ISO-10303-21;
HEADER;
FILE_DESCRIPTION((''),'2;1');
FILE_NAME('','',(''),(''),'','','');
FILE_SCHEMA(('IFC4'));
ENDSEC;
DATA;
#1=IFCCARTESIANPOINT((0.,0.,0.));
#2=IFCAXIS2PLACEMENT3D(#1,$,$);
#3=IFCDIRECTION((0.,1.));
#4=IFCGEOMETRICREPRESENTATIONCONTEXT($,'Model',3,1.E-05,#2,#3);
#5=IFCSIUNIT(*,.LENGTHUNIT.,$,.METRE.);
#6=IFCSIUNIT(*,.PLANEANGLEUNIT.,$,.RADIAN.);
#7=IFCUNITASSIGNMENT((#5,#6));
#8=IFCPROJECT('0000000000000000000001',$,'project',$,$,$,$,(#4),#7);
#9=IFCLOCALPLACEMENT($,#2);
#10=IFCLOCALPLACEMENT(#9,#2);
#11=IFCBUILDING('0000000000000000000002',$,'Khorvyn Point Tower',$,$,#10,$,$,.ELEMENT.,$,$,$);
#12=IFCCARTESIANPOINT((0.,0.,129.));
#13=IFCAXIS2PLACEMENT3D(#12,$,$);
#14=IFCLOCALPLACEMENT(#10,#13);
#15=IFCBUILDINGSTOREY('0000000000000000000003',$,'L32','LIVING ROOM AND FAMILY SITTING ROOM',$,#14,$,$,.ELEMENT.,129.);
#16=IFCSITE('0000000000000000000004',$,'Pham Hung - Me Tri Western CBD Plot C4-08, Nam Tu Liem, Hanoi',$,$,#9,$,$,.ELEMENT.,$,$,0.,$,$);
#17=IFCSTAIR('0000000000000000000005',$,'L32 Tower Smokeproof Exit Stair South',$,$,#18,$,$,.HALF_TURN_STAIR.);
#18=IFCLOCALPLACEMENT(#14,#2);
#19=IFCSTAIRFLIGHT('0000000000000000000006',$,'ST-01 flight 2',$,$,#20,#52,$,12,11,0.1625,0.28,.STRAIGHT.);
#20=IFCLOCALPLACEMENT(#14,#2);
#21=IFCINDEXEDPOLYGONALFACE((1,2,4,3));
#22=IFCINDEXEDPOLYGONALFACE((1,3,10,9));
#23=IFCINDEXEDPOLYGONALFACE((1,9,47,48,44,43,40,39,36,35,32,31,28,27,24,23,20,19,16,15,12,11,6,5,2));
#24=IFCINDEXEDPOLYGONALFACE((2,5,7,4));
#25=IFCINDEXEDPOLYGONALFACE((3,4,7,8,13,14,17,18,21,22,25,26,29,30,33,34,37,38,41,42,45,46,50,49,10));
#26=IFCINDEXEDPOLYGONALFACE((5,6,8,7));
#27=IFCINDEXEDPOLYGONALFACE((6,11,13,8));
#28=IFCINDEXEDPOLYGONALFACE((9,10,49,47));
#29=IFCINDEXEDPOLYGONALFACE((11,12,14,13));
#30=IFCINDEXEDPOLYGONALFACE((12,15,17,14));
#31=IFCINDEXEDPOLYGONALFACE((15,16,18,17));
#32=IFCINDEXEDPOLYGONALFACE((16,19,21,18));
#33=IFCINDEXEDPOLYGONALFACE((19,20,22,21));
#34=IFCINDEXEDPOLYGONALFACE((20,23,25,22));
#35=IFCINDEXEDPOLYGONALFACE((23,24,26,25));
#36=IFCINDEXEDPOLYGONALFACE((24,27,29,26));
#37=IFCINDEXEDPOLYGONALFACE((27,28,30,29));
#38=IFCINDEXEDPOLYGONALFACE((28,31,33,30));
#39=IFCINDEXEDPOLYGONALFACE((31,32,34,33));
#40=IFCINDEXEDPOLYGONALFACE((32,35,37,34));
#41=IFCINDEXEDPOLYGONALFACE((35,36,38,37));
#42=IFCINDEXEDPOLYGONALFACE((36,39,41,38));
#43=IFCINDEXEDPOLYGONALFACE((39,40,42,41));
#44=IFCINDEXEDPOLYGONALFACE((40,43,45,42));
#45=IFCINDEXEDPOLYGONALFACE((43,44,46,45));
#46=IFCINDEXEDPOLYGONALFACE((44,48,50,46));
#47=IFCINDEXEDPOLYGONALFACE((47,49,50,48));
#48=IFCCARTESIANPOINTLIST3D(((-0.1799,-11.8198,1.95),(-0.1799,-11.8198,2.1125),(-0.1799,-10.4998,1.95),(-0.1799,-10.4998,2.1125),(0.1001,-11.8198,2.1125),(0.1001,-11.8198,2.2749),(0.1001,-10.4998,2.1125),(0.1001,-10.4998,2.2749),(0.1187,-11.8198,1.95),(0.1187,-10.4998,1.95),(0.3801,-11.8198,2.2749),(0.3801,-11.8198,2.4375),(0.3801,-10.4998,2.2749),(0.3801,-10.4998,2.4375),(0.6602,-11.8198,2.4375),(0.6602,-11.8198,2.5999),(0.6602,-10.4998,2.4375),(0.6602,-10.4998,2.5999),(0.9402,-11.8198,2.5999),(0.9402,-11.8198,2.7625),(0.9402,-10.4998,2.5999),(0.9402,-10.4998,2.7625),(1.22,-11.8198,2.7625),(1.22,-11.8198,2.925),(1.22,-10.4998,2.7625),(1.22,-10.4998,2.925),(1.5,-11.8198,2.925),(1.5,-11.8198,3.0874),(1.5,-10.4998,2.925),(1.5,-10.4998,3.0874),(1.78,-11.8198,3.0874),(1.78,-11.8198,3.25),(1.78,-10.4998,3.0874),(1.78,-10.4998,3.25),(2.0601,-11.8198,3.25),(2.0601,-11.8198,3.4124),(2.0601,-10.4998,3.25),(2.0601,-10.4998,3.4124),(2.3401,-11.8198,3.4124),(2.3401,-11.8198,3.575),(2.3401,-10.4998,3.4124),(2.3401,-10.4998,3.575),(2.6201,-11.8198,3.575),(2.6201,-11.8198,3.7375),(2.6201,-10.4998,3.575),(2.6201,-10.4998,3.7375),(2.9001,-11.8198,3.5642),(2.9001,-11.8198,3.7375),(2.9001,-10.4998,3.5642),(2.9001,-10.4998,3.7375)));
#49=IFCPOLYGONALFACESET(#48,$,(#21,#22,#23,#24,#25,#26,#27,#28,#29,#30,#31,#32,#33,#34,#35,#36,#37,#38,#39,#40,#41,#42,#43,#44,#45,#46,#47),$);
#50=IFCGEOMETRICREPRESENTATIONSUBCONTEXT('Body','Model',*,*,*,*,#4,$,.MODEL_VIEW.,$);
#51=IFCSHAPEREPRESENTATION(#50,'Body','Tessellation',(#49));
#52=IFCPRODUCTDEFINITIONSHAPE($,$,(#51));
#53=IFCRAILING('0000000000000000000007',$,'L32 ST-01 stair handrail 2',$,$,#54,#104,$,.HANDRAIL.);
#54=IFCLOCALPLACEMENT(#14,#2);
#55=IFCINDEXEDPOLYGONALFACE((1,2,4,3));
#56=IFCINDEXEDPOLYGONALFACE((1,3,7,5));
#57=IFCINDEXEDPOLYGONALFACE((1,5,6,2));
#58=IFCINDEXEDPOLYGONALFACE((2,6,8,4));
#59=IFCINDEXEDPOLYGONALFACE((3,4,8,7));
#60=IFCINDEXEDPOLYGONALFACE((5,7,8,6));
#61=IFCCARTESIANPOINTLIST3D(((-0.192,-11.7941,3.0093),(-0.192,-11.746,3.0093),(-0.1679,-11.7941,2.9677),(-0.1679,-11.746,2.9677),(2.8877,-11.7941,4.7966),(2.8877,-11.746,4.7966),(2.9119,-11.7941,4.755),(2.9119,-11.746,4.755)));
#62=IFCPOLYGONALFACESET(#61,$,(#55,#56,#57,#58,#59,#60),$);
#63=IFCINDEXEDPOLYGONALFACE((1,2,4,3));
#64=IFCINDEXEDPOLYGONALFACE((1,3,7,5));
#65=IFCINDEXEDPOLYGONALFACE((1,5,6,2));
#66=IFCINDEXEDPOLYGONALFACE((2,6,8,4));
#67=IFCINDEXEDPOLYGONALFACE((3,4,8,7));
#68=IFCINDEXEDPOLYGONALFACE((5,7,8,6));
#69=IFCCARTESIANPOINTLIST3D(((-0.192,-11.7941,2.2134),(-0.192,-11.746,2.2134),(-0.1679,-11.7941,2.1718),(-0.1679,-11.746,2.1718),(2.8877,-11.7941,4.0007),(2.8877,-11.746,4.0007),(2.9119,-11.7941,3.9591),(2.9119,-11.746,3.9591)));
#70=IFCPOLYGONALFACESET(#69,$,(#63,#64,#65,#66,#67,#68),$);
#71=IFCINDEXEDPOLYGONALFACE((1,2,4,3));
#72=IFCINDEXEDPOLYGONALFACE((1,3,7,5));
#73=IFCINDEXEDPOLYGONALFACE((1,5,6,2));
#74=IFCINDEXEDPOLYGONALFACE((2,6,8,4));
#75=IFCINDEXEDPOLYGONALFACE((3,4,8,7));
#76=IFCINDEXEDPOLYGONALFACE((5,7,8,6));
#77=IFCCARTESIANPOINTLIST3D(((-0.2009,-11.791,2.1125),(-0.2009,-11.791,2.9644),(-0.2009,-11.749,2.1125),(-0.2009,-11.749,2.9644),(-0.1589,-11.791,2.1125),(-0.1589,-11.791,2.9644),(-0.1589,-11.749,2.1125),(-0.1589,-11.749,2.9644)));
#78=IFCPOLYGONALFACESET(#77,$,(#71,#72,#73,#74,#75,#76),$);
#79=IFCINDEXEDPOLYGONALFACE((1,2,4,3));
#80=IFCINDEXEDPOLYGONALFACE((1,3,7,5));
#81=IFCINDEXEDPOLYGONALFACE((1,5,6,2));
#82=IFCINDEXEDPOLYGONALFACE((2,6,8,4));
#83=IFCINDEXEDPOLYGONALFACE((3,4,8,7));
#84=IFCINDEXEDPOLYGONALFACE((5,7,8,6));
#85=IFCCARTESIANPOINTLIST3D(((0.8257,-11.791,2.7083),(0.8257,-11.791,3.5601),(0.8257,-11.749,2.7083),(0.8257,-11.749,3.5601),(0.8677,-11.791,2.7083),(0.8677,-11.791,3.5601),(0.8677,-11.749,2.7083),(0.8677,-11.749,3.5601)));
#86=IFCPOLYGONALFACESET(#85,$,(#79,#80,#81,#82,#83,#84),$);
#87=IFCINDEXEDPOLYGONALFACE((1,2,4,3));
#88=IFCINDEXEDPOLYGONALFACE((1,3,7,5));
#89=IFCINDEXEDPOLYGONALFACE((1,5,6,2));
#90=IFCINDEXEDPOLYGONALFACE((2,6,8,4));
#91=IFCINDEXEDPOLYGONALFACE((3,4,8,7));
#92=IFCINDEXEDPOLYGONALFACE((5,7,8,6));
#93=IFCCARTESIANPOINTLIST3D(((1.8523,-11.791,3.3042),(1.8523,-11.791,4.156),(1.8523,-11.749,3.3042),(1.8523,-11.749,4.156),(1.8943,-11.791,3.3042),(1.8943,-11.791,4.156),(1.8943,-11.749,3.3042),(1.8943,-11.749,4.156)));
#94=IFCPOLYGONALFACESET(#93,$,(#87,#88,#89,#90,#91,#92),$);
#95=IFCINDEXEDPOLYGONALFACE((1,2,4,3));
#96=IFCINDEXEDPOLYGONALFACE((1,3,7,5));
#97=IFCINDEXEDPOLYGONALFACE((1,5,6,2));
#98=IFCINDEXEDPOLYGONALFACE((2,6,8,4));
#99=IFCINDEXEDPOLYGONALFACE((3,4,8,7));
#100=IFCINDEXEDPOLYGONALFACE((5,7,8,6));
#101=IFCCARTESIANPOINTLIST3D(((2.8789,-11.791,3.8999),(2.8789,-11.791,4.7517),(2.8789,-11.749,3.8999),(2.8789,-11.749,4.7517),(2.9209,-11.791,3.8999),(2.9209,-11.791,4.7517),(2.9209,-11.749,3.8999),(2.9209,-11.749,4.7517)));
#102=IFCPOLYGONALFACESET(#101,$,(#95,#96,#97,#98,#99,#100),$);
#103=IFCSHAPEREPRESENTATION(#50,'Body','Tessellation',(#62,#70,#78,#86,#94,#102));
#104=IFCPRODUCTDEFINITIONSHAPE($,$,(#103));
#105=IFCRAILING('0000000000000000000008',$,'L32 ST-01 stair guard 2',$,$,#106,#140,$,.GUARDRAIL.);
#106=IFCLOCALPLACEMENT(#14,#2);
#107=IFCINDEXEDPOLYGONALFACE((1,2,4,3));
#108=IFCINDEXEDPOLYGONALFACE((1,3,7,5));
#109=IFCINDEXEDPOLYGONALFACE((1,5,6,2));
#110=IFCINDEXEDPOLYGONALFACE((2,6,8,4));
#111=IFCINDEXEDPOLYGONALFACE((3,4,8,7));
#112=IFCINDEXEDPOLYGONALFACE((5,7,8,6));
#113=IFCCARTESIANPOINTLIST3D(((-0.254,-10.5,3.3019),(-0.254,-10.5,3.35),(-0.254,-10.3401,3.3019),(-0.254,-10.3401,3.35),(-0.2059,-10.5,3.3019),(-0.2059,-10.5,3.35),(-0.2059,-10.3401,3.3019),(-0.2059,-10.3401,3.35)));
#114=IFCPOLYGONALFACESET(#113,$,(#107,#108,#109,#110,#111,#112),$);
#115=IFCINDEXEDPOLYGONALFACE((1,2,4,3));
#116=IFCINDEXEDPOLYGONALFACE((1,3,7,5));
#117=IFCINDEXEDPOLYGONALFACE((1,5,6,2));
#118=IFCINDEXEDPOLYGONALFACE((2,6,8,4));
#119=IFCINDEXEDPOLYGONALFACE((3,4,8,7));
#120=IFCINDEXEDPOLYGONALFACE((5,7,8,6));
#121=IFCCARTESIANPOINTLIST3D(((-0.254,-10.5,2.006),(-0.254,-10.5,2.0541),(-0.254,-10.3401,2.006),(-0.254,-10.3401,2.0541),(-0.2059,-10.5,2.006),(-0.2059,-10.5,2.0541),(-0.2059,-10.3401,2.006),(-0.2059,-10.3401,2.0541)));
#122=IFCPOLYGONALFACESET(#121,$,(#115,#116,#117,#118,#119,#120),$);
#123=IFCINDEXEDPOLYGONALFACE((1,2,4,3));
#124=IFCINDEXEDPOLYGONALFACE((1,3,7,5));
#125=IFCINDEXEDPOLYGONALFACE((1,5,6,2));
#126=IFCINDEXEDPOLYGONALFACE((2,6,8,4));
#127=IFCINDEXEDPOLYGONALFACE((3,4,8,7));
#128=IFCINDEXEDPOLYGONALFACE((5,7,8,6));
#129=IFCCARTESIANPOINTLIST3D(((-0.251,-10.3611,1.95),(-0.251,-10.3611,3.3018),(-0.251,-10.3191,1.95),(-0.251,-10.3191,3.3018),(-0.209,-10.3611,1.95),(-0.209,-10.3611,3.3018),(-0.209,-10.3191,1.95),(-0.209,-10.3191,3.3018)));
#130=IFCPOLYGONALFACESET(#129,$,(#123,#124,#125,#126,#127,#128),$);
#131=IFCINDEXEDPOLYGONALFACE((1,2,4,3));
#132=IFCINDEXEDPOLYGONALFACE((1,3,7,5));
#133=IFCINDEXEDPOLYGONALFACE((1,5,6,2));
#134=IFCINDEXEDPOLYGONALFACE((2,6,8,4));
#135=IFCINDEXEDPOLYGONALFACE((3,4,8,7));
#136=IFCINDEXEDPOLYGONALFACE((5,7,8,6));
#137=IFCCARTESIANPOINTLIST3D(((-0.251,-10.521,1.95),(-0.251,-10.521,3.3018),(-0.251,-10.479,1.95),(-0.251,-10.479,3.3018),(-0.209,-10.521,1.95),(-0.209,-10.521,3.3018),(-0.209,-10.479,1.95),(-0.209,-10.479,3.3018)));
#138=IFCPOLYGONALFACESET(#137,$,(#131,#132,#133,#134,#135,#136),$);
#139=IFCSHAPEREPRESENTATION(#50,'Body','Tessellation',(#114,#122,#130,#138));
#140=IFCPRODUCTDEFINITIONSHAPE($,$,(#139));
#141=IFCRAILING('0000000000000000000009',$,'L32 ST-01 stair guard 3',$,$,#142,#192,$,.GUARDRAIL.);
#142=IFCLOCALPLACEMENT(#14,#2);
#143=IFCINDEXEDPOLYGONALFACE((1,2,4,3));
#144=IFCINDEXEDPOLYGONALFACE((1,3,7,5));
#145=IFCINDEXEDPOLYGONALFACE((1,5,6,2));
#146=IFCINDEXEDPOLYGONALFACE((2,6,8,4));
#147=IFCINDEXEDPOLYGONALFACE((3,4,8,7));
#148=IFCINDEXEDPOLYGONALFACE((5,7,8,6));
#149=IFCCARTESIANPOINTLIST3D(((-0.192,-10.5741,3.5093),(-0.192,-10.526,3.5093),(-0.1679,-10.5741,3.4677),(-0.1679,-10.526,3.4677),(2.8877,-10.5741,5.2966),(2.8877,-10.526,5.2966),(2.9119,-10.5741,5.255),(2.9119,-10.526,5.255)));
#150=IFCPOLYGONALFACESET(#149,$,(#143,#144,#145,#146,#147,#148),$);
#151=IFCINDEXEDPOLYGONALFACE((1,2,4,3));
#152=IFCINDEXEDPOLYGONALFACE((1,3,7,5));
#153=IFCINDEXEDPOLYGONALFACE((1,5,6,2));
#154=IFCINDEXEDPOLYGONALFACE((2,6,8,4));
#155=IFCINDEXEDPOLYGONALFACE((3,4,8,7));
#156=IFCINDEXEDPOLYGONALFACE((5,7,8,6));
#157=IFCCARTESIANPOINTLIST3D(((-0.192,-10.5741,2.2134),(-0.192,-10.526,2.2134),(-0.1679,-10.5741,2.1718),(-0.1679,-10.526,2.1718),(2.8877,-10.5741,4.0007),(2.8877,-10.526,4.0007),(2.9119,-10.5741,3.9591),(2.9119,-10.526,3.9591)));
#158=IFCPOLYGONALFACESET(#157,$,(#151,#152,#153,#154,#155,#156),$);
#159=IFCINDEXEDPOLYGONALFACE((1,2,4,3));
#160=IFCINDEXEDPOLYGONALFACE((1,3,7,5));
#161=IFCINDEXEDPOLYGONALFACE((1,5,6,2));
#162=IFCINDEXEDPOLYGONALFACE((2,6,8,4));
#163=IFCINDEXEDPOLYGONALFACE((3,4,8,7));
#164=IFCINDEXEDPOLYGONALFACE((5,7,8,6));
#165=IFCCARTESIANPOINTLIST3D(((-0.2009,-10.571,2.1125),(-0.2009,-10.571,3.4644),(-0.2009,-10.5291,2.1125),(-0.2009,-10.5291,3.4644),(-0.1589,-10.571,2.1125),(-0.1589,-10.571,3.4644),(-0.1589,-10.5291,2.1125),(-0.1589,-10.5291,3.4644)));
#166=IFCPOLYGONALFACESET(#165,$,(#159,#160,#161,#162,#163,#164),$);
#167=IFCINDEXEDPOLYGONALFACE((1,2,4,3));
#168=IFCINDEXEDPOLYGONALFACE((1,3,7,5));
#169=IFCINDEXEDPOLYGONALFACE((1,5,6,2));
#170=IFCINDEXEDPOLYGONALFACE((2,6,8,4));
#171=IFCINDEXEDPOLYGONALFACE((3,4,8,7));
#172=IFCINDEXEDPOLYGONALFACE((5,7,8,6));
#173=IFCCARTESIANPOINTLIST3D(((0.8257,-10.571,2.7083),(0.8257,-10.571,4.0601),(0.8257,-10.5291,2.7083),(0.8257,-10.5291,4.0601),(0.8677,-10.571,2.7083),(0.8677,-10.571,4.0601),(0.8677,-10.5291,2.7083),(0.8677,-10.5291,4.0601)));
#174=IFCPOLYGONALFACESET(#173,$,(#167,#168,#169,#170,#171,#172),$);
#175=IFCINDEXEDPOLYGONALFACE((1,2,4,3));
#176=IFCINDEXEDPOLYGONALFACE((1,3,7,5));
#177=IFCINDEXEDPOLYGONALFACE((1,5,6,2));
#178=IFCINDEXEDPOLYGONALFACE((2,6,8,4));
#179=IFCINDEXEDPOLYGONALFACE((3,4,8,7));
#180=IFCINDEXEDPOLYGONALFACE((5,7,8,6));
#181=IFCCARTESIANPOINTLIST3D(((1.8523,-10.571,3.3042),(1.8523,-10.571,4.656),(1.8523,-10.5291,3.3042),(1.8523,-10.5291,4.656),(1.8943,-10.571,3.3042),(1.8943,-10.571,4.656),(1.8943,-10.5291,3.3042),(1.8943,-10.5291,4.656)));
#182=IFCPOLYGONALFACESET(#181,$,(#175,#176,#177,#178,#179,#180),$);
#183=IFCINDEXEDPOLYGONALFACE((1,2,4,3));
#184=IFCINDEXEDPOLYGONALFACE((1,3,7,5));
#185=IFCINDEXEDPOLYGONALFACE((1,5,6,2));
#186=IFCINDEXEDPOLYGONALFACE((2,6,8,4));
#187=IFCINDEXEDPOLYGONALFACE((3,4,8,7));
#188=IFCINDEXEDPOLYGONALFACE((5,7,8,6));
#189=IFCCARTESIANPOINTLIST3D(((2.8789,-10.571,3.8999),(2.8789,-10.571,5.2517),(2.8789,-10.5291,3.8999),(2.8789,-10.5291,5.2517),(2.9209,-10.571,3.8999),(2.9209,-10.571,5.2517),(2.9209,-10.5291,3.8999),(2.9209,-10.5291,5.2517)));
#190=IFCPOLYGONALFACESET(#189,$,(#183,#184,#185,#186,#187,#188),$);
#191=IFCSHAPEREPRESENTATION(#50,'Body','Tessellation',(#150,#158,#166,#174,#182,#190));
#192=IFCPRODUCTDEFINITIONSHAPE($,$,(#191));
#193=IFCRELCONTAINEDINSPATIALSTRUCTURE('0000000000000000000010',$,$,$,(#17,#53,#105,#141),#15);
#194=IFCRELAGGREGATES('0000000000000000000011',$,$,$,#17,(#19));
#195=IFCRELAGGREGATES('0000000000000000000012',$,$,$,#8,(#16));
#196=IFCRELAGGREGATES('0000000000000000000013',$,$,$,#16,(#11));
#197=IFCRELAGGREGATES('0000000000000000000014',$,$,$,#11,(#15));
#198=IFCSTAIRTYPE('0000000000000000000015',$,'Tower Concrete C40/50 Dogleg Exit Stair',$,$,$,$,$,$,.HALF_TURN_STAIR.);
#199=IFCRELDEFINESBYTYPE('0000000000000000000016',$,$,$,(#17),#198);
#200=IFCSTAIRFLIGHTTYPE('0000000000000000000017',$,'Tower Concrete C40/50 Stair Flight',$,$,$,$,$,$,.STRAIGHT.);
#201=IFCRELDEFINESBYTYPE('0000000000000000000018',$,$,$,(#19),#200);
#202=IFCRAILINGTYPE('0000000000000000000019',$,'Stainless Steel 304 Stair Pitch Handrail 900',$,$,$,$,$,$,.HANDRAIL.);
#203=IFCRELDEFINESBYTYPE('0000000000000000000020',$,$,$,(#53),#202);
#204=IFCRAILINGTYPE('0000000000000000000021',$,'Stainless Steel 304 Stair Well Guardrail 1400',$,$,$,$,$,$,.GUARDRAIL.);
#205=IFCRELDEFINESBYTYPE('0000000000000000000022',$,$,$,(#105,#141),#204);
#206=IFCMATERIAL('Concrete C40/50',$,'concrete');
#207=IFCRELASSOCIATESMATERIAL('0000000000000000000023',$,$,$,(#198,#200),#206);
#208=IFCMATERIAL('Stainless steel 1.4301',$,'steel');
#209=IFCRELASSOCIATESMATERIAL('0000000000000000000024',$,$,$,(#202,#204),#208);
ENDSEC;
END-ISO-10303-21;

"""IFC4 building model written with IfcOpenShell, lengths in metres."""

from ifc_helpers import new_model, si_unit, direction, frame, origin, origin_2d, place, context, subcontext, project, spatial, polyline, rectangle, outline, extrude, material, type_object, element, aggregate, save


model = new_model("IFC4")

# Units and contexts
model_context = context("Model", 3, precision=1e-05, world=origin(), true_north=direction((0.0, 1.0)))
body_context = subcontext(model_context, "Body", "Model", "MODEL_VIEW")
ifc_project = project(units=[si_unit("LENGTHUNIT", "METRE"), si_unit("PLANEANGLEUNIT", "RADIAN")], contexts=[model_context])

# Site, building, storey
site_placement = place(None, origin())
site = spatial("IfcSite", under=ifc_project, at=site_placement, Name="Pham Hung - Me Tri Western CBD Plot C4-08, Nam Tu Liem, Hanoi", CompositionType="ELEMENT", RefElevation=0.0)
building_placement = place(site_placement, origin())
building = spatial("IfcBuilding", under=site, at=building_placement, Name="Khorvyn Point Tower", CompositionType="ELEMENT")
storey_placement = place(building_placement, frame((0.0, 0.0, 129.0)))
storey = spatial("IfcBuildingStorey", under=building, at=storey_placement, Name="L32", Description="LIVING ROOM AND FAMILY SITTING ROOM", CompositionType="ELEMENT", Elevation=129.0)

# Shared definitions
ifc_material_1 = material(Name="Concrete C40/50", Category="concrete")

# Stair, stair flight
stair_type = type_object("IfcStairType", Name="Tower Concrete C40/50 Dogleg Exit Stair", PredefinedType="HALF_TURN_STAIR", material=ifc_material_1)
stair_placement = place(storey_placement, origin())
stair = element("IfcStair", 1, at=stair_placement, inside=storey, type_object=stair_type, Name="L32 Tower Smokeproof Exit Stair South", PredefinedType="HALF_TURN_STAIR")
stair_flight_type = type_object("IfcStairFlightType", Name="Tower Concrete C40/50 Stair Flight", PredefinedType="STRAIGHT", material=ifc_material_1)
stair_flight_placement = place(storey_placement, frame((-0.1799, -11.1599, 1.95), z_axis=(0.0, 0.0, 1.0), x_axis=(1.0, 0.0, 0.0)))
stair_flight = element("IfcStairFlight", 2, at=stair_flight_placement, type_object=stair_flight_type, Name="ST-01 flight 2", NumberOfRisers=12, NumberOfTreads=11, PredefinedType="STRAIGHT", RiserHeight=0.1625, TreadLength=0.28, context=body_context, shape_type="SweptSolid", body=[
    extrude(outline(polyline([(0.0, 0.0), (0.0, 0.1626), (0.28, 0.1626), (0.28, 0.325), (0.5601, 0.325), (0.5601, 0.4875), (0.8401, 0.4875), (0.8401, 0.6499), (1.1201, 0.6499), (1.1201, 0.8125), (1.3999, 0.8125), (1.3999, 0.9751), (1.6799, 0.9751), (1.6799, 1.1375), (1.96, 1.1375), (1.96, 1.3), (2.24, 1.3), (2.24, 1.4624), (2.52, 1.4624), (2.52, 1.625), (2.8, 1.625), (2.8, 1.7876), (3.0801, 1.7876), (3.0801, 1.95), (3.0801, 1.6143), (0.2986, 0.0), (0.0, 0.0)])), frame((0.0, 0.6602, 0.0), z_axis=(0.0, -1.0, 0.0), x_axis=(1.0, 0.0, 0.0)), (0.0, 0.0, 1.0), 1.3201),
])
aggregate(stair, [stair_flight])

# Railings
ifc_material_2 = material(Name="Stainless steel 1.4301", Category="steel")
railing_type_1 = type_object("IfcRailingType", Name="Stainless Steel 304 Stair Pitch Handrail 900", PredefinedType="HANDRAIL", material=ifc_material_2)
railing_1_placement = place(storey_placement, frame((-0.1799, -11.77, 2.1125)))
element("IfcRailing", 3, at=railing_1_placement, inside=storey, type_object=railing_type_1, Name="L32 ST-01 stair handrail 2", PredefinedType="HANDRAIL", context=body_context, shape_type="SweptSolid", body=[
    extrude(rectangle(XDim=0.0481, YDim=0.0481, at=origin_2d()), frame((0.0, 0.0, 0.876), z_axis=(0.864903, 0.0, 0.501939), x_axis=(0.0, 1.0, 0.0)), (0.0, 0.0, 1.0), 3.5608),
    extrude(rectangle(XDim=0.0481, YDim=0.0481, at=origin_2d()), frame((0.0, 0.0, 0.0801), z_axis=(0.864903, 0.0, 0.501939), x_axis=(0.0, 1.0, 0.0)), (0.0, 0.0, 1.0), 3.5608),
    extrude(rectangle(XDim=0.042, YDim=0.042, at=origin_2d()), origin(), (0.0, 0.0, 1.0), 0.8518),
    extrude(rectangle(XDim=0.042, YDim=0.042, at=origin_2d()), frame((1.0266, 0.0, 0.5957)), (0.0, 0.0, 1.0), 0.8518),
    extrude(rectangle(XDim=0.042, YDim=0.042, at=origin_2d()), frame((2.0532, 0.0, 1.1917)), (0.0, 0.0, 1.0), 0.8518),
    extrude(rectangle(XDim=0.042, YDim=0.042, at=origin_2d()), frame((3.0798, 0.0, 1.7874)), (0.0, 0.0, 1.0), 0.8518),
])
railing_type_2 = type_object("IfcRailingType", Name="Stainless Steel 304 Stair Well Guardrail 1400", PredefinedType="GUARDRAIL", material=ifc_material_2)
railing_2_placement = place(storey_placement, frame((-0.23, -10.3401, 1.95)))
element("IfcRailing", 4, at=railing_2_placement, inside=storey, type_object=railing_type_2, Name="L32 ST-01 stair guard 2", PredefinedType="GUARDRAIL", context=body_context, shape_type="SweptSolid", body=[
    extrude(rectangle(XDim=0.0481, YDim=0.0481, at=origin_2d()), frame((0.0, 0.0, 1.376), z_axis=(0.0, -1.0, 0.0), x_axis=(1.0, 0.0, 0.0)), (0.0, 0.0, 1.0), 0.1599),
    extrude(rectangle(XDim=0.0481, YDim=0.0481, at=origin_2d()), frame((0.0, 0.0, 0.0801), z_axis=(0.0, -1.0, 0.0), x_axis=(1.0, 0.0, 0.0)), (0.0, 0.0, 1.0), 0.1599),
    extrude(rectangle(XDim=0.042, YDim=0.042, at=origin_2d()), origin(), (0.0, 0.0, 1.0), 1.3518),
    extrude(rectangle(XDim=0.042, YDim=0.042, at=origin_2d()), frame((0.0, -0.1599, 0.0)), (0.0, 0.0, 1.0), 1.3518),
])
railing_3_placement = place(storey_placement, frame((-0.1799, -10.55, 2.1125)))
element("IfcRailing", 5, at=railing_3_placement, inside=storey, type_object=railing_type_2, Name="L32 ST-01 stair guard 3", PredefinedType="GUARDRAIL", context=body_context, shape_type="SweptSolid", body=[
    extrude(rectangle(XDim=0.0481, YDim=0.0481, at=origin_2d()), frame((0.0, 0.0, 1.376), z_axis=(0.864903, 0.0, 0.501939), x_axis=(0.0, 1.0, 0.0)), (0.0, 0.0, 1.0), 3.5608),
    extrude(rectangle(XDim=0.0481, YDim=0.0481, at=origin_2d()), frame((0.0, 0.0, 0.0801), z_axis=(0.864903, 0.0, 0.501939), x_axis=(0.0, 1.0, 0.0)), (0.0, 0.0, 1.0), 3.5608),
    extrude(rectangle(XDim=0.042, YDim=0.042, at=origin_2d()), origin(), (0.0, 0.0, 1.0), 1.3518),
    extrude(rectangle(XDim=0.042, YDim=0.042, at=origin_2d()), frame((1.0266, 0.0, 0.5957)), (0.0, 0.0, 1.0), 1.3518),
    extrude(rectangle(XDim=0.042, YDim=0.042, at=origin_2d()), frame((2.0532, 0.0, 1.1917)), (0.0, 0.0, 1.0), 1.3518),
    extrude(rectangle(XDim=0.042, YDim=0.042, at=origin_2d()), frame((3.0798, 0.0, 1.7874)), (0.0, 0.0, 1.0), 1.3518),
])

save(model, "model.ifc")
